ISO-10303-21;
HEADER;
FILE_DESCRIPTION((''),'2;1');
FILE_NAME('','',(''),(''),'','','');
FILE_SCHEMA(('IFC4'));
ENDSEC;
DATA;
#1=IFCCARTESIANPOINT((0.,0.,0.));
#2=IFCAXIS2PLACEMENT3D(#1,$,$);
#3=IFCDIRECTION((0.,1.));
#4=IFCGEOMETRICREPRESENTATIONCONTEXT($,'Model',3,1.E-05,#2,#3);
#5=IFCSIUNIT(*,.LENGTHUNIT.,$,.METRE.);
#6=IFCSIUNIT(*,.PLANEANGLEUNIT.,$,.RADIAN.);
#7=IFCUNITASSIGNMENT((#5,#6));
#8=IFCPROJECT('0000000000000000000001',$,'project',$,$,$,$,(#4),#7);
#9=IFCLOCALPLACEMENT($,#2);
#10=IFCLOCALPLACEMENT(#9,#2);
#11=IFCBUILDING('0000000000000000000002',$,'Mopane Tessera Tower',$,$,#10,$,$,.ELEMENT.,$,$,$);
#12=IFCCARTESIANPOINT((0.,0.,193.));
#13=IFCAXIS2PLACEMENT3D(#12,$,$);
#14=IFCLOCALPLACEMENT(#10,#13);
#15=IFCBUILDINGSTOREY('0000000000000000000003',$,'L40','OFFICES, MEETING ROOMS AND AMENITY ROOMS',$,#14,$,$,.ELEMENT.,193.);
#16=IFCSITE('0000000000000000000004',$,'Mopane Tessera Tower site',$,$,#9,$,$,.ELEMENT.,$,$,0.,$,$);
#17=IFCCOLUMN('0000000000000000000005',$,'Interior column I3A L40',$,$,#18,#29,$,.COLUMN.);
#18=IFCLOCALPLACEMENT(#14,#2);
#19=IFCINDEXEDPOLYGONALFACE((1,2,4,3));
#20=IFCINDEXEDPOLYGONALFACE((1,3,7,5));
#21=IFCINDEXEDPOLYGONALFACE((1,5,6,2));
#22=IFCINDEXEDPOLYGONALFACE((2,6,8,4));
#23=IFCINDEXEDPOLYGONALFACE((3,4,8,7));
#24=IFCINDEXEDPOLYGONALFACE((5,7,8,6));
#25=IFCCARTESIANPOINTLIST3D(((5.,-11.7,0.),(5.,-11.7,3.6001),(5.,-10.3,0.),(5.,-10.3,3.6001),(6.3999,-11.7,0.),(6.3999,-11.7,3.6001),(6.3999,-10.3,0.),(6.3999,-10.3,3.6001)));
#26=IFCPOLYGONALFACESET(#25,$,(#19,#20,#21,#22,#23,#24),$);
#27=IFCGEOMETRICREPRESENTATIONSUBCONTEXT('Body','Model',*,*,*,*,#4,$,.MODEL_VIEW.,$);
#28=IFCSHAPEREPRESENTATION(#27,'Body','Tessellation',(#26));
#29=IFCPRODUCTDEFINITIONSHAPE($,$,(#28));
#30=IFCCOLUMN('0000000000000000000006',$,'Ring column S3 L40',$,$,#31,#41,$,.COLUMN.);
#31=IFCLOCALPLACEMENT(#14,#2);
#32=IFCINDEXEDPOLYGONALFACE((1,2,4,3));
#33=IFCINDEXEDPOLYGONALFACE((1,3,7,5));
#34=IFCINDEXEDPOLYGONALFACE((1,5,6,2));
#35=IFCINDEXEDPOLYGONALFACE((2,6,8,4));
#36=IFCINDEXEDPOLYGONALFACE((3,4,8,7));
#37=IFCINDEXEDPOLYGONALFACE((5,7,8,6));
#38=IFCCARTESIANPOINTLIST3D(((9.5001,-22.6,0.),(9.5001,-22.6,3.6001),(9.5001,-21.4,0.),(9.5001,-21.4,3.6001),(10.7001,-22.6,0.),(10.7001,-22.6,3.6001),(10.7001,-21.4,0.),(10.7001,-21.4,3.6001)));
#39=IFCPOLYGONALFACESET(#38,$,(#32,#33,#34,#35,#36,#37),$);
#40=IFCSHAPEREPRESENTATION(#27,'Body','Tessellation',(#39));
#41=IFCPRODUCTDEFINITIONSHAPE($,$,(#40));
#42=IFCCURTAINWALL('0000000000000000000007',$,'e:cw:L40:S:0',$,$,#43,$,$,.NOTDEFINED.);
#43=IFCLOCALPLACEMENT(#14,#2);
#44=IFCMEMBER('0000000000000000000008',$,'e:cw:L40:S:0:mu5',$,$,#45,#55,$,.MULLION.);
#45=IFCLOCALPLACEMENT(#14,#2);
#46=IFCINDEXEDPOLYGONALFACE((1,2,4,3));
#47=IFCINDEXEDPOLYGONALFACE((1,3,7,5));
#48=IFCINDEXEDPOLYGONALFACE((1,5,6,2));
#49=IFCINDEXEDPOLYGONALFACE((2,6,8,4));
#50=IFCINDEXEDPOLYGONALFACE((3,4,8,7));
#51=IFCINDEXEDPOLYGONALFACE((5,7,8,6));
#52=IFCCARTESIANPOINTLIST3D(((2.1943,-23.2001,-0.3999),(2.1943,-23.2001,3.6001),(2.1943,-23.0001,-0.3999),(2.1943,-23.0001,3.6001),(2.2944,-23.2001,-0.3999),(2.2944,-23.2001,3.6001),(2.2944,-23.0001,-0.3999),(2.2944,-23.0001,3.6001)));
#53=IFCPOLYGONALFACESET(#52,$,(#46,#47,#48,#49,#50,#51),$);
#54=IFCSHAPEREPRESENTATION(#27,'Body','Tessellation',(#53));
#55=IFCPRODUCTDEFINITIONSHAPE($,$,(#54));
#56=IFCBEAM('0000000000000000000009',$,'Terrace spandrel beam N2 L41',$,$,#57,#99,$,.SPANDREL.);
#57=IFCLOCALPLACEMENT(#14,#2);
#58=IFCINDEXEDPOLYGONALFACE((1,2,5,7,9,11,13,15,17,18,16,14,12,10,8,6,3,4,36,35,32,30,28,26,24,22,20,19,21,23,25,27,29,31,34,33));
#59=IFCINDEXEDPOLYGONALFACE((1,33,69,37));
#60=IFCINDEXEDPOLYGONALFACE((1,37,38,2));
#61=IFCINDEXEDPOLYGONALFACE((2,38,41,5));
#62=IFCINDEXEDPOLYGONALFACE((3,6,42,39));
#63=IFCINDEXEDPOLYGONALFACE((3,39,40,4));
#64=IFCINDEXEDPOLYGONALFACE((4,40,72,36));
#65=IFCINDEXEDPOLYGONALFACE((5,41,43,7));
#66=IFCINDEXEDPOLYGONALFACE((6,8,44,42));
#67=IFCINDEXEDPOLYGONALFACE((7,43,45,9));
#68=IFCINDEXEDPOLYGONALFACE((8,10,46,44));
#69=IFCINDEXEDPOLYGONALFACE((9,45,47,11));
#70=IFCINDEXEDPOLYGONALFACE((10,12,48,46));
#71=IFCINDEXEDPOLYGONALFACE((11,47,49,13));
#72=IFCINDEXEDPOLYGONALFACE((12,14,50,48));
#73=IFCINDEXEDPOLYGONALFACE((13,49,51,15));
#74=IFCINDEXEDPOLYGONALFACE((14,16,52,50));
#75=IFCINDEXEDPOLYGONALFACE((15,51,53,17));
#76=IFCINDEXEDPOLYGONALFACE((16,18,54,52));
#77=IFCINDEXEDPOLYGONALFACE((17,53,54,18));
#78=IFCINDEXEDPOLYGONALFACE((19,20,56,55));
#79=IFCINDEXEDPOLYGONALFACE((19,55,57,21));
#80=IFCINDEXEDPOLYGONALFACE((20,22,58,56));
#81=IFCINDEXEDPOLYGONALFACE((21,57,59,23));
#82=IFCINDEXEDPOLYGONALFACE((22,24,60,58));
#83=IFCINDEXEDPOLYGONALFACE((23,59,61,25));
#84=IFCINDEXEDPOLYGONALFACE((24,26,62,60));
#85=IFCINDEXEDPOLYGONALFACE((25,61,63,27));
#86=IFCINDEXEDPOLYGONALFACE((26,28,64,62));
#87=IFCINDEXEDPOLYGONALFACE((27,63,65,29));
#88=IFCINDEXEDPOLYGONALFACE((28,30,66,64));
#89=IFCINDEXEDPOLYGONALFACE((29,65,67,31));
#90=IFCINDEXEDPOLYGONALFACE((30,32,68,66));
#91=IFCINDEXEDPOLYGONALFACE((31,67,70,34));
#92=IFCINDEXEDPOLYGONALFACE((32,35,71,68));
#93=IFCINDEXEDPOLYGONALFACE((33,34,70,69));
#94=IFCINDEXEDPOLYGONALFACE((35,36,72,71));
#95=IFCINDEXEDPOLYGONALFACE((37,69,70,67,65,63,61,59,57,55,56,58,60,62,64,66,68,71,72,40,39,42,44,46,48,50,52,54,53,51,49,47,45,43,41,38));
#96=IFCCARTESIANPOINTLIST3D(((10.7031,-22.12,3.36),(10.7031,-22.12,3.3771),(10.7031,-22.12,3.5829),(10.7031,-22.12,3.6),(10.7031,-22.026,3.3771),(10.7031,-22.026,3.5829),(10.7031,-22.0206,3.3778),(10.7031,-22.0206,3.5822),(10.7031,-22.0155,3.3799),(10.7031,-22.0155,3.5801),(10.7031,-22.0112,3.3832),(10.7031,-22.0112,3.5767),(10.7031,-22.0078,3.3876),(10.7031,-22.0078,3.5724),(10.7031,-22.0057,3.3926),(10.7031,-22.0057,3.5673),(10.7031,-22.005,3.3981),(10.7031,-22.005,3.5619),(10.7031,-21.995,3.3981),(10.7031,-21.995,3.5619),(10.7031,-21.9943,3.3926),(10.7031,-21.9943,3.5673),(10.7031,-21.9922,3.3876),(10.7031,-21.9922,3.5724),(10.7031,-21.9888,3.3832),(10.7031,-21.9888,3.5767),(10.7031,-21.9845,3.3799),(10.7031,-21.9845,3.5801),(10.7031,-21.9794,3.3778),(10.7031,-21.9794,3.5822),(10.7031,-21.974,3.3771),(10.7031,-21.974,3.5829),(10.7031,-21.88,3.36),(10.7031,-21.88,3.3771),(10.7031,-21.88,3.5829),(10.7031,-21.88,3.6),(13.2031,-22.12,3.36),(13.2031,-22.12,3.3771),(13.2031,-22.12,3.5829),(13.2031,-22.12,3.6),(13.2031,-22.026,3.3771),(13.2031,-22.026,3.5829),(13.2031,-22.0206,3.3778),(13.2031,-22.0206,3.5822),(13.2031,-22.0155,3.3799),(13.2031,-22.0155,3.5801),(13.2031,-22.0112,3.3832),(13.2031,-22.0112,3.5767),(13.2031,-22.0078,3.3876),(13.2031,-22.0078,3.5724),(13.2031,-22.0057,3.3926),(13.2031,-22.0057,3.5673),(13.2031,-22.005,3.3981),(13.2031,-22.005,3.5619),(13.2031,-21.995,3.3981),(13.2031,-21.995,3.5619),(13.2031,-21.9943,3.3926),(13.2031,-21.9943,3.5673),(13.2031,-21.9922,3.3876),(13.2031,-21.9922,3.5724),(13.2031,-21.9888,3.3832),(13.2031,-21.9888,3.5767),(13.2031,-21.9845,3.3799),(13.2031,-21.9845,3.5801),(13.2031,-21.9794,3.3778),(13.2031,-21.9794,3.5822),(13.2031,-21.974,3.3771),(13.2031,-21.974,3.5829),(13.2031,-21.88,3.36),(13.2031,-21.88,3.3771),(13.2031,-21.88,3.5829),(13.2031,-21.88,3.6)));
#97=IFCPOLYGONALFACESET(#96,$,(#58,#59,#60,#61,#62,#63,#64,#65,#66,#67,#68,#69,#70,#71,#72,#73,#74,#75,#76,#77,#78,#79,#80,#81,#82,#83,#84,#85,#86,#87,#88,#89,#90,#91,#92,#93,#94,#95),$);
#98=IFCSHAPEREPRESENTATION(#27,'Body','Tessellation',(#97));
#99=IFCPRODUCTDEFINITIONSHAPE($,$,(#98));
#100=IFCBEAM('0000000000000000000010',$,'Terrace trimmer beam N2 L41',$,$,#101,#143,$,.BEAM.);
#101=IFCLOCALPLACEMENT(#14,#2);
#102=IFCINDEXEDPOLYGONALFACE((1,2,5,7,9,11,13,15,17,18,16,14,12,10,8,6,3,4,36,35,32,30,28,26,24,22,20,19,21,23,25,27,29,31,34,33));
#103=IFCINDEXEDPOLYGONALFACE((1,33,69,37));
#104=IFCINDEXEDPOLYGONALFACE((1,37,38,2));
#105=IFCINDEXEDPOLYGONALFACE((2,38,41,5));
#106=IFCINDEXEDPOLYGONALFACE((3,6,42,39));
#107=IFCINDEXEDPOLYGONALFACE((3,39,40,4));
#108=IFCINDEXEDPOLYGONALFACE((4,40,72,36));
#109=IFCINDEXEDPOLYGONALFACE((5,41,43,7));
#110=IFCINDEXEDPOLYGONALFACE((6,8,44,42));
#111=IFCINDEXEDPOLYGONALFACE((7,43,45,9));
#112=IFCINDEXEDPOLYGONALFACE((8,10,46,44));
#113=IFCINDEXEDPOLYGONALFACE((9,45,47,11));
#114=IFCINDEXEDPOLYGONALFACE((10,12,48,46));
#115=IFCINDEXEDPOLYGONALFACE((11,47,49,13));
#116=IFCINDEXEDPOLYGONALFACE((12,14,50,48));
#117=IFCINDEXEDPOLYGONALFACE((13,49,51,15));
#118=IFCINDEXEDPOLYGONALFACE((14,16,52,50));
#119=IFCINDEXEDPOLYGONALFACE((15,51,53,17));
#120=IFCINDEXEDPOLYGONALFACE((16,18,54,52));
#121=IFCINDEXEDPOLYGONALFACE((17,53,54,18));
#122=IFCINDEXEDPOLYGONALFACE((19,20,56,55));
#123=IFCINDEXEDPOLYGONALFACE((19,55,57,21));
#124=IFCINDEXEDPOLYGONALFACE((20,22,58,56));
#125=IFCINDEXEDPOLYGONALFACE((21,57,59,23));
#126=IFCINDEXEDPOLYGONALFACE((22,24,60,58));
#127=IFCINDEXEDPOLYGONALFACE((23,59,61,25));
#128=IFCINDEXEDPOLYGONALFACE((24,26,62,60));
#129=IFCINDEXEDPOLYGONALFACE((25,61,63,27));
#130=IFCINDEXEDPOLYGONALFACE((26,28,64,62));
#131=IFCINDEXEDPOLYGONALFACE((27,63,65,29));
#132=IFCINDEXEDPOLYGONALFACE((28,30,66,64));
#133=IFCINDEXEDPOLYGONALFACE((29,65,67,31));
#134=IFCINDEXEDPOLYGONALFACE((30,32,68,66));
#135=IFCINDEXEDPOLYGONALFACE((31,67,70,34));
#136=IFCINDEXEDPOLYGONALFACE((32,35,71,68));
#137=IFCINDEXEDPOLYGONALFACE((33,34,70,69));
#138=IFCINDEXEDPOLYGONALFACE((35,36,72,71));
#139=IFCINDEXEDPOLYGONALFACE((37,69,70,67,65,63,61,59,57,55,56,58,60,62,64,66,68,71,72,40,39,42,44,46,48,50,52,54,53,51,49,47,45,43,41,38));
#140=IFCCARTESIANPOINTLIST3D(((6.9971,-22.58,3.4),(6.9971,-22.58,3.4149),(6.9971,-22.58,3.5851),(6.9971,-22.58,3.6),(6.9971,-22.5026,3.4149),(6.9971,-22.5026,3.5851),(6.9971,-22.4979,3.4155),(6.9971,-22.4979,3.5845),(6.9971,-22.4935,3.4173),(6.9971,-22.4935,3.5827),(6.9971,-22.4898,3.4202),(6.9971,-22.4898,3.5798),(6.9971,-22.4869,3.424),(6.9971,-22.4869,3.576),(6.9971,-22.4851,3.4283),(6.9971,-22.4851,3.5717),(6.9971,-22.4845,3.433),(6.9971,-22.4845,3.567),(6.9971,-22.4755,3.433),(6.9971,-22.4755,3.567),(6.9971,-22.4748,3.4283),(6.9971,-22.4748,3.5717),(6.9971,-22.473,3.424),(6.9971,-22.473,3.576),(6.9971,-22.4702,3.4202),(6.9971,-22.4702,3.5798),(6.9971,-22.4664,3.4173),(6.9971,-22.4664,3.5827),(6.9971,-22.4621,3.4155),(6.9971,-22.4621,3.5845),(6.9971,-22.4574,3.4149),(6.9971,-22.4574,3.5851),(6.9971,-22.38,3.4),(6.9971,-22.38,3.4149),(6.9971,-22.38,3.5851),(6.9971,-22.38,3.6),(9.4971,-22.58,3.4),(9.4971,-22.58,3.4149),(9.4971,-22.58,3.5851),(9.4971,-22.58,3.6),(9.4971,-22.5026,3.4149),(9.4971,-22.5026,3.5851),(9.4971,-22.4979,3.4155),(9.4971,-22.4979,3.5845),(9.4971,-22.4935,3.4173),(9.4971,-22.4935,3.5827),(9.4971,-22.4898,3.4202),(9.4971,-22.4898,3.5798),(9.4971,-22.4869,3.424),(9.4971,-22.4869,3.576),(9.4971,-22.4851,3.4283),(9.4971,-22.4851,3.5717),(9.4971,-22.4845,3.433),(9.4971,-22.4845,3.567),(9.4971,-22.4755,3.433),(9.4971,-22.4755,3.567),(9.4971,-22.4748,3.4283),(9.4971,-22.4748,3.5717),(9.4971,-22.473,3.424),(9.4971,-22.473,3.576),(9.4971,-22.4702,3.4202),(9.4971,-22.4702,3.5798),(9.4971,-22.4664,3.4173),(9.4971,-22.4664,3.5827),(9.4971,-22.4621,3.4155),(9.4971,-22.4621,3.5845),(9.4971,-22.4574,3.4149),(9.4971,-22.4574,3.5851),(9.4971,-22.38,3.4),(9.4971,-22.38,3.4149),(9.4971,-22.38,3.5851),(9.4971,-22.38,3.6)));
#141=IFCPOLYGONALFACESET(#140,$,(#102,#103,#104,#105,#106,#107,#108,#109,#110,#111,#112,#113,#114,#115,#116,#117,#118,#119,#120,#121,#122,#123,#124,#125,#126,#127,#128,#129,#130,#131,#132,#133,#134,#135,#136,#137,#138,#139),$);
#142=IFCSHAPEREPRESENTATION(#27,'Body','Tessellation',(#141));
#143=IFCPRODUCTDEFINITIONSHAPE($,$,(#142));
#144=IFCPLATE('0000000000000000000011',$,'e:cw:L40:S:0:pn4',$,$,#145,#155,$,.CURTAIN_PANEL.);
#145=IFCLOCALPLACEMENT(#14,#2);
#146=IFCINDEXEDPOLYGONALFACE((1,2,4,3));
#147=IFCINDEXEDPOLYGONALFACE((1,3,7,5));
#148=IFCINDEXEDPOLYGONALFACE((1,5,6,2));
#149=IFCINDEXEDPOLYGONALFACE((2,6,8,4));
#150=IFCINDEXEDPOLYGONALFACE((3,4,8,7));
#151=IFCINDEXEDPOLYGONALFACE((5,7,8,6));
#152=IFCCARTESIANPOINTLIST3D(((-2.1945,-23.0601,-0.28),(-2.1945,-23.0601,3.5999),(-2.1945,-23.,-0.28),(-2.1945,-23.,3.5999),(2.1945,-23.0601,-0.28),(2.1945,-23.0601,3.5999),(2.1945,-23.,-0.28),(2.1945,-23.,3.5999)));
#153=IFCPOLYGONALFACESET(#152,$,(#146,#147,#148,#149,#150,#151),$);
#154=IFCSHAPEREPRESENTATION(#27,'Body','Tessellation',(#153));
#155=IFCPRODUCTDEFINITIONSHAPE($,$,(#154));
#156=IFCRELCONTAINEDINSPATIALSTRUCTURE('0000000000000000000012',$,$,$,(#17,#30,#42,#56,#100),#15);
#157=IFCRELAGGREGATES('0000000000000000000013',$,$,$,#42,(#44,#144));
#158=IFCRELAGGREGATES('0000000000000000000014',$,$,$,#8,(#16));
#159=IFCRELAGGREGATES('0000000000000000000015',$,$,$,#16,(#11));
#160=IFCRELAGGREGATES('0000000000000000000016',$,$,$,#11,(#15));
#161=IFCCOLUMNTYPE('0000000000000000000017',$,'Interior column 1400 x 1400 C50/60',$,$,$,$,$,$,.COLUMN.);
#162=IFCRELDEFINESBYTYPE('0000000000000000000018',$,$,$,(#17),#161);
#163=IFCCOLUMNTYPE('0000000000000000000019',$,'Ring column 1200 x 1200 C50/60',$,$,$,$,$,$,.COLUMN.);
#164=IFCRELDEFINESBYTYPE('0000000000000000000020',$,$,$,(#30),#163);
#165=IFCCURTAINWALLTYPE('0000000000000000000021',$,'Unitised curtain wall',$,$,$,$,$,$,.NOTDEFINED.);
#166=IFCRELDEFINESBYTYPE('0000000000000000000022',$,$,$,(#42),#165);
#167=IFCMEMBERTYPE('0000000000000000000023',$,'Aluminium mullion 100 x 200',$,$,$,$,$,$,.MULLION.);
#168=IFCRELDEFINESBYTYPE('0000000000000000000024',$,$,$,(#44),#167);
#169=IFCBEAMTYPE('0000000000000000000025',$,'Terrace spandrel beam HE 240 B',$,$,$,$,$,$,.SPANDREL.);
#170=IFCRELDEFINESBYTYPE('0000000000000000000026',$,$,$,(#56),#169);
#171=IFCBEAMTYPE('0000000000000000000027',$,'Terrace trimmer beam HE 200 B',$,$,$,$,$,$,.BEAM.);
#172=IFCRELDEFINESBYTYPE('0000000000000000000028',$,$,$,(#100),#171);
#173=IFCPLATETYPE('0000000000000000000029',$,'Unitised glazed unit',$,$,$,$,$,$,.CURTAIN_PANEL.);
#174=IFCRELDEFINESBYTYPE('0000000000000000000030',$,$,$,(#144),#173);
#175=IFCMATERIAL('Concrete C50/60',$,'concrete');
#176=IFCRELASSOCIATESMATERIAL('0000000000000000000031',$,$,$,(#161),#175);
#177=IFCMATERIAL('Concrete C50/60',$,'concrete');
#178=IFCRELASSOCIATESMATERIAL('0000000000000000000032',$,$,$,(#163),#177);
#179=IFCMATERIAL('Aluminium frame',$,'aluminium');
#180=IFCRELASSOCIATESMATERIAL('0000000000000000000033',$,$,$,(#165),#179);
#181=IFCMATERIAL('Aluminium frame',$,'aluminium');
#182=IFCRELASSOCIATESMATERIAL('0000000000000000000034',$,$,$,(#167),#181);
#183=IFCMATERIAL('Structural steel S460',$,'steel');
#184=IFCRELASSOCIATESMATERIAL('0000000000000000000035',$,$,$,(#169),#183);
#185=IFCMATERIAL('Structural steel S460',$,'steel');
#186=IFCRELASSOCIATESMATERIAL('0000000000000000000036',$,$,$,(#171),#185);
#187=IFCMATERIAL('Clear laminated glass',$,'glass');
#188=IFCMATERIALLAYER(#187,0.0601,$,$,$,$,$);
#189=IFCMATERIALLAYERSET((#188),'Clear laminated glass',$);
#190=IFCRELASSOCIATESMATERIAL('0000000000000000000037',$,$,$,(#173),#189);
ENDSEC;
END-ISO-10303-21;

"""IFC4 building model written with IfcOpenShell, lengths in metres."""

from ifc_helpers import new_model, si_unit, direction, frame, origin, origin_2d, place, context, subcontext, project, spatial, rectangle, i_section, extrude, material, layer, layer_set, material_profile, profile_set, type_object, element, aggregate, save


model = new_model("IFC4")

# Units and contexts
model_context = context("Model", 3, precision=1e-05, world=origin(), true_north=direction((0.0, 1.0)))
body_context = subcontext(model_context, "Body", "Model", "MODEL_VIEW")
ifc_project = project(units=[si_unit("LENGTHUNIT", "METRE"), si_unit("PLANEANGLEUNIT", "RADIAN")], contexts=[model_context])

# Site, building, storey
site_placement = place(None, origin())
site = spatial("IfcSite", under=ifc_project, at=site_placement, Name="Mopane Tessera Tower site", CompositionType="ELEMENT", RefElevation=0.0)
building_placement = place(site_placement, origin())
building = spatial("IfcBuilding", under=site, at=building_placement, Name="Mopane Tessera Tower", CompositionType="ELEMENT")
storey_placement = place(building_placement, frame((0.0, 0.0, 193.0)))
storey = spatial("IfcBuildingStorey", under=building, at=storey_placement, Name="L40", Description="OFFICES, MEETING ROOMS AND AMENITY ROOMS", CompositionType="ELEMENT", Elevation=193.0)

# Columns
ifc_material_1 = material(Name="Concrete C50/60", Category="concrete")
ifc_material_profile_1 = material_profile(ifc_material_1, rectangle(XDim=1.3999, YDim=1.3999, at=origin_2d()))
ifc_profile_set_1 = profile_set([ifc_material_profile_1], Name="Concrete C50/60")
column_type_1 = type_object("IfcColumnType", Name="Interior column 1400 x 1400 C50/60", PredefinedType="COLUMN", material=ifc_profile_set_1)
column_1_placement = place(storey_placement, frame((5.7, -11.0, 0.0), z_axis=(0.0, 0.0, 1.0), x_axis=(1.0, 0.0, 0.0)))
element("IfcColumn", 1, at=column_1_placement, inside=storey, type_object=column_type_1, Name="Interior column I3A L40", PredefinedType="COLUMN", context=body_context, shape_type="SweptSolid", body=[
    extrude(rectangle(XDim=1.3999, YDim=1.3999, at=origin_2d()), origin(), (0.0, 0.0, 1.0), 3.6001),
])
ifc_material_2 = material(Name="Concrete C50/60", Category="concrete")
ifc_material_profile_2 = material_profile(ifc_material_2, rectangle(XDim=1.2, YDim=1.2, at=origin_2d()))
ifc_profile_set_2 = profile_set([ifc_material_profile_2], Name="Concrete C50/60")
column_type_2 = type_object("IfcColumnType", Name="Ring column 1200 x 1200 C50/60", PredefinedType="COLUMN", material=ifc_profile_set_2)
column_2_placement = place(storey_placement, frame((10.1001, -22.0, 0.0), z_axis=(0.0, 0.0, 1.0), x_axis=(1.0, 0.0, 0.0)))
element("IfcColumn", 2, at=column_2_placement, inside=storey, type_object=column_type_2, Name="Ring column S3 L40", PredefinedType="COLUMN", context=body_context, shape_type="SweptSolid", body=[
    extrude(rectangle(XDim=1.2, YDim=1.2, at=origin_2d()), origin(), (0.0, 0.0, 1.0), 3.6001),
])

# Curtain wall, member
ifc_material_3 = material(Name="Aluminium frame", Category="aluminium")
curtain_wall_type = type_object("IfcCurtainWallType", Name="Unitised curtain wall", PredefinedType="NOTDEFINED", material=ifc_material_3)
curtain_wall_placement = place(storey_placement, origin())
curtain_wall = element("IfcCurtainWall", 3, at=curtain_wall_placement, inside=storey, type_object=curtain_wall_type, Name="e:cw:L40:S:0", PredefinedType="NOTDEFINED")
ifc_material_4 = material(Name="Aluminium frame", Category="aluminium")
ifc_material_profile_3 = material_profile(ifc_material_4, rectangle(XDim=0.1001, YDim=0.2, at=origin_2d()))
ifc_profile_set_3 = profile_set([ifc_material_profile_3], Name="Aluminium frame")
member_type = type_object("IfcMemberType", Name="Aluminium mullion 100 x 200", PredefinedType="MULLION", material=ifc_profile_set_3)
member_placement = place(storey_placement, frame((2.2444, -23.1001, -0.3999), z_axis=(0.0, 0.0, 1.0), x_axis=(1.0, 0.0, 0.0)))
member = element("IfcMember", 4, at=member_placement, type_object=member_type, Name="e:cw:L40:S:0:mu5", PredefinedType="MULLION", context=body_context, shape_type="SweptSolid", body=[
    extrude(rectangle(XDim=0.1001, YDim=0.2, at=origin_2d()), origin(), (0.0, 0.0, 1.0), 4.0),
])

# Beams
ifc_material_5 = material(Name="Structural steel S460", Category="steel")
ifc_material_profile_4 = material_profile(ifc_material_5, i_section(OverallWidth=0.24, OverallDepth=0.24, WebThickness=0.01, FlangeThickness=0.0171, FilletRadius=0.021, at=origin_2d()))
ifc_profile_set_4 = profile_set([ifc_material_profile_4], Name="Structural steel S460")
beam_type_1 = type_object("IfcBeamType", Name="Terrace spandrel beam HE 240 B", PredefinedType="SPANDREL", material=ifc_profile_set_4)
beam_1_placement = place(storey_placement, frame((10.7031, -22.0, 3.48), z_axis=(1.0, 0.0, 0.0), x_axis=(0.0, 1.0, 0.0)))
element("IfcBeam", 5, at=beam_1_placement, inside=storey, type_object=beam_type_1, Name="Terrace spandrel beam N2 L41", PredefinedType="SPANDREL", context=body_context, shape_type="SweptSolid", body=[
    extrude(i_section(OverallWidth=0.24, OverallDepth=0.24, WebThickness=0.01, FlangeThickness=0.0171, FilletRadius=0.021, at=origin_2d()), origin(), (0.0, 0.0, 1.0), 2.5),
])
ifc_material_6 = material(Name="Structural steel S460", Category="steel")
ifc_material_profile_5 = material_profile(ifc_material_6, i_section(OverallWidth=0.2, OverallDepth=0.2, WebThickness=0.009, FlangeThickness=0.0149, FilletRadius=0.0181, at=origin_2d()))
ifc_profile_set_5 = profile_set([ifc_material_profile_5], Name="Structural steel S460")
beam_type_2 = type_object("IfcBeamType", Name="Terrace trimmer beam HE 200 B", PredefinedType="BEAM", material=ifc_profile_set_5)
beam_2_placement = place(storey_placement, frame((9.4971, -22.48, 3.5), z_axis=(-1.0, 0.0, 0.0), x_axis=(0.0, -1.0, 0.0)))
element("IfcBeam", 6, at=beam_2_placement, inside=storey, type_object=beam_type_2, Name="Terrace trimmer beam N2 L41", PredefinedType="BEAM", context=body_context, shape_type="SweptSolid", body=[
    extrude(i_section(OverallWidth=0.2, OverallDepth=0.2, WebThickness=0.009, FlangeThickness=0.0149, FilletRadius=0.0181, at=origin_2d()), origin(), (0.0, 0.0, 1.0), 2.5),
])

# Plate
ifc_material_7 = material(Name="Clear laminated glass", Category="glass")
ifc_layer_1 = layer(ifc_material_7, 0.0601)
ifc_layer_set_1 = layer_set([ifc_layer_1], Name="Clear laminated glass")
plate_type = type_object("IfcPlateType", Name="Unitised glazed unit", PredefinedType="CURTAIN_PANEL", material=ifc_layer_set_1)
plate_placement = place(storey_placement, frame((0.0, -23.03, -0.28), z_axis=(0.0, 0.0, 1.0), x_axis=(1.0, 0.0, 0.0)))
plate = element("IfcPlate", 7, at=plate_placement, type_object=plate_type, Name="e:cw:L40:S:0:pn4", PredefinedType="CURTAIN_PANEL", context=body_context, shape_type="SweptSolid", body=[
    extrude(rectangle(XDim=4.3889, YDim=0.0601, at=origin_2d()), origin(), (0.0, 0.0, 1.0), 3.8799),
])
aggregate(curtain_wall, [member, plate])

save(model, "model.ifc")
